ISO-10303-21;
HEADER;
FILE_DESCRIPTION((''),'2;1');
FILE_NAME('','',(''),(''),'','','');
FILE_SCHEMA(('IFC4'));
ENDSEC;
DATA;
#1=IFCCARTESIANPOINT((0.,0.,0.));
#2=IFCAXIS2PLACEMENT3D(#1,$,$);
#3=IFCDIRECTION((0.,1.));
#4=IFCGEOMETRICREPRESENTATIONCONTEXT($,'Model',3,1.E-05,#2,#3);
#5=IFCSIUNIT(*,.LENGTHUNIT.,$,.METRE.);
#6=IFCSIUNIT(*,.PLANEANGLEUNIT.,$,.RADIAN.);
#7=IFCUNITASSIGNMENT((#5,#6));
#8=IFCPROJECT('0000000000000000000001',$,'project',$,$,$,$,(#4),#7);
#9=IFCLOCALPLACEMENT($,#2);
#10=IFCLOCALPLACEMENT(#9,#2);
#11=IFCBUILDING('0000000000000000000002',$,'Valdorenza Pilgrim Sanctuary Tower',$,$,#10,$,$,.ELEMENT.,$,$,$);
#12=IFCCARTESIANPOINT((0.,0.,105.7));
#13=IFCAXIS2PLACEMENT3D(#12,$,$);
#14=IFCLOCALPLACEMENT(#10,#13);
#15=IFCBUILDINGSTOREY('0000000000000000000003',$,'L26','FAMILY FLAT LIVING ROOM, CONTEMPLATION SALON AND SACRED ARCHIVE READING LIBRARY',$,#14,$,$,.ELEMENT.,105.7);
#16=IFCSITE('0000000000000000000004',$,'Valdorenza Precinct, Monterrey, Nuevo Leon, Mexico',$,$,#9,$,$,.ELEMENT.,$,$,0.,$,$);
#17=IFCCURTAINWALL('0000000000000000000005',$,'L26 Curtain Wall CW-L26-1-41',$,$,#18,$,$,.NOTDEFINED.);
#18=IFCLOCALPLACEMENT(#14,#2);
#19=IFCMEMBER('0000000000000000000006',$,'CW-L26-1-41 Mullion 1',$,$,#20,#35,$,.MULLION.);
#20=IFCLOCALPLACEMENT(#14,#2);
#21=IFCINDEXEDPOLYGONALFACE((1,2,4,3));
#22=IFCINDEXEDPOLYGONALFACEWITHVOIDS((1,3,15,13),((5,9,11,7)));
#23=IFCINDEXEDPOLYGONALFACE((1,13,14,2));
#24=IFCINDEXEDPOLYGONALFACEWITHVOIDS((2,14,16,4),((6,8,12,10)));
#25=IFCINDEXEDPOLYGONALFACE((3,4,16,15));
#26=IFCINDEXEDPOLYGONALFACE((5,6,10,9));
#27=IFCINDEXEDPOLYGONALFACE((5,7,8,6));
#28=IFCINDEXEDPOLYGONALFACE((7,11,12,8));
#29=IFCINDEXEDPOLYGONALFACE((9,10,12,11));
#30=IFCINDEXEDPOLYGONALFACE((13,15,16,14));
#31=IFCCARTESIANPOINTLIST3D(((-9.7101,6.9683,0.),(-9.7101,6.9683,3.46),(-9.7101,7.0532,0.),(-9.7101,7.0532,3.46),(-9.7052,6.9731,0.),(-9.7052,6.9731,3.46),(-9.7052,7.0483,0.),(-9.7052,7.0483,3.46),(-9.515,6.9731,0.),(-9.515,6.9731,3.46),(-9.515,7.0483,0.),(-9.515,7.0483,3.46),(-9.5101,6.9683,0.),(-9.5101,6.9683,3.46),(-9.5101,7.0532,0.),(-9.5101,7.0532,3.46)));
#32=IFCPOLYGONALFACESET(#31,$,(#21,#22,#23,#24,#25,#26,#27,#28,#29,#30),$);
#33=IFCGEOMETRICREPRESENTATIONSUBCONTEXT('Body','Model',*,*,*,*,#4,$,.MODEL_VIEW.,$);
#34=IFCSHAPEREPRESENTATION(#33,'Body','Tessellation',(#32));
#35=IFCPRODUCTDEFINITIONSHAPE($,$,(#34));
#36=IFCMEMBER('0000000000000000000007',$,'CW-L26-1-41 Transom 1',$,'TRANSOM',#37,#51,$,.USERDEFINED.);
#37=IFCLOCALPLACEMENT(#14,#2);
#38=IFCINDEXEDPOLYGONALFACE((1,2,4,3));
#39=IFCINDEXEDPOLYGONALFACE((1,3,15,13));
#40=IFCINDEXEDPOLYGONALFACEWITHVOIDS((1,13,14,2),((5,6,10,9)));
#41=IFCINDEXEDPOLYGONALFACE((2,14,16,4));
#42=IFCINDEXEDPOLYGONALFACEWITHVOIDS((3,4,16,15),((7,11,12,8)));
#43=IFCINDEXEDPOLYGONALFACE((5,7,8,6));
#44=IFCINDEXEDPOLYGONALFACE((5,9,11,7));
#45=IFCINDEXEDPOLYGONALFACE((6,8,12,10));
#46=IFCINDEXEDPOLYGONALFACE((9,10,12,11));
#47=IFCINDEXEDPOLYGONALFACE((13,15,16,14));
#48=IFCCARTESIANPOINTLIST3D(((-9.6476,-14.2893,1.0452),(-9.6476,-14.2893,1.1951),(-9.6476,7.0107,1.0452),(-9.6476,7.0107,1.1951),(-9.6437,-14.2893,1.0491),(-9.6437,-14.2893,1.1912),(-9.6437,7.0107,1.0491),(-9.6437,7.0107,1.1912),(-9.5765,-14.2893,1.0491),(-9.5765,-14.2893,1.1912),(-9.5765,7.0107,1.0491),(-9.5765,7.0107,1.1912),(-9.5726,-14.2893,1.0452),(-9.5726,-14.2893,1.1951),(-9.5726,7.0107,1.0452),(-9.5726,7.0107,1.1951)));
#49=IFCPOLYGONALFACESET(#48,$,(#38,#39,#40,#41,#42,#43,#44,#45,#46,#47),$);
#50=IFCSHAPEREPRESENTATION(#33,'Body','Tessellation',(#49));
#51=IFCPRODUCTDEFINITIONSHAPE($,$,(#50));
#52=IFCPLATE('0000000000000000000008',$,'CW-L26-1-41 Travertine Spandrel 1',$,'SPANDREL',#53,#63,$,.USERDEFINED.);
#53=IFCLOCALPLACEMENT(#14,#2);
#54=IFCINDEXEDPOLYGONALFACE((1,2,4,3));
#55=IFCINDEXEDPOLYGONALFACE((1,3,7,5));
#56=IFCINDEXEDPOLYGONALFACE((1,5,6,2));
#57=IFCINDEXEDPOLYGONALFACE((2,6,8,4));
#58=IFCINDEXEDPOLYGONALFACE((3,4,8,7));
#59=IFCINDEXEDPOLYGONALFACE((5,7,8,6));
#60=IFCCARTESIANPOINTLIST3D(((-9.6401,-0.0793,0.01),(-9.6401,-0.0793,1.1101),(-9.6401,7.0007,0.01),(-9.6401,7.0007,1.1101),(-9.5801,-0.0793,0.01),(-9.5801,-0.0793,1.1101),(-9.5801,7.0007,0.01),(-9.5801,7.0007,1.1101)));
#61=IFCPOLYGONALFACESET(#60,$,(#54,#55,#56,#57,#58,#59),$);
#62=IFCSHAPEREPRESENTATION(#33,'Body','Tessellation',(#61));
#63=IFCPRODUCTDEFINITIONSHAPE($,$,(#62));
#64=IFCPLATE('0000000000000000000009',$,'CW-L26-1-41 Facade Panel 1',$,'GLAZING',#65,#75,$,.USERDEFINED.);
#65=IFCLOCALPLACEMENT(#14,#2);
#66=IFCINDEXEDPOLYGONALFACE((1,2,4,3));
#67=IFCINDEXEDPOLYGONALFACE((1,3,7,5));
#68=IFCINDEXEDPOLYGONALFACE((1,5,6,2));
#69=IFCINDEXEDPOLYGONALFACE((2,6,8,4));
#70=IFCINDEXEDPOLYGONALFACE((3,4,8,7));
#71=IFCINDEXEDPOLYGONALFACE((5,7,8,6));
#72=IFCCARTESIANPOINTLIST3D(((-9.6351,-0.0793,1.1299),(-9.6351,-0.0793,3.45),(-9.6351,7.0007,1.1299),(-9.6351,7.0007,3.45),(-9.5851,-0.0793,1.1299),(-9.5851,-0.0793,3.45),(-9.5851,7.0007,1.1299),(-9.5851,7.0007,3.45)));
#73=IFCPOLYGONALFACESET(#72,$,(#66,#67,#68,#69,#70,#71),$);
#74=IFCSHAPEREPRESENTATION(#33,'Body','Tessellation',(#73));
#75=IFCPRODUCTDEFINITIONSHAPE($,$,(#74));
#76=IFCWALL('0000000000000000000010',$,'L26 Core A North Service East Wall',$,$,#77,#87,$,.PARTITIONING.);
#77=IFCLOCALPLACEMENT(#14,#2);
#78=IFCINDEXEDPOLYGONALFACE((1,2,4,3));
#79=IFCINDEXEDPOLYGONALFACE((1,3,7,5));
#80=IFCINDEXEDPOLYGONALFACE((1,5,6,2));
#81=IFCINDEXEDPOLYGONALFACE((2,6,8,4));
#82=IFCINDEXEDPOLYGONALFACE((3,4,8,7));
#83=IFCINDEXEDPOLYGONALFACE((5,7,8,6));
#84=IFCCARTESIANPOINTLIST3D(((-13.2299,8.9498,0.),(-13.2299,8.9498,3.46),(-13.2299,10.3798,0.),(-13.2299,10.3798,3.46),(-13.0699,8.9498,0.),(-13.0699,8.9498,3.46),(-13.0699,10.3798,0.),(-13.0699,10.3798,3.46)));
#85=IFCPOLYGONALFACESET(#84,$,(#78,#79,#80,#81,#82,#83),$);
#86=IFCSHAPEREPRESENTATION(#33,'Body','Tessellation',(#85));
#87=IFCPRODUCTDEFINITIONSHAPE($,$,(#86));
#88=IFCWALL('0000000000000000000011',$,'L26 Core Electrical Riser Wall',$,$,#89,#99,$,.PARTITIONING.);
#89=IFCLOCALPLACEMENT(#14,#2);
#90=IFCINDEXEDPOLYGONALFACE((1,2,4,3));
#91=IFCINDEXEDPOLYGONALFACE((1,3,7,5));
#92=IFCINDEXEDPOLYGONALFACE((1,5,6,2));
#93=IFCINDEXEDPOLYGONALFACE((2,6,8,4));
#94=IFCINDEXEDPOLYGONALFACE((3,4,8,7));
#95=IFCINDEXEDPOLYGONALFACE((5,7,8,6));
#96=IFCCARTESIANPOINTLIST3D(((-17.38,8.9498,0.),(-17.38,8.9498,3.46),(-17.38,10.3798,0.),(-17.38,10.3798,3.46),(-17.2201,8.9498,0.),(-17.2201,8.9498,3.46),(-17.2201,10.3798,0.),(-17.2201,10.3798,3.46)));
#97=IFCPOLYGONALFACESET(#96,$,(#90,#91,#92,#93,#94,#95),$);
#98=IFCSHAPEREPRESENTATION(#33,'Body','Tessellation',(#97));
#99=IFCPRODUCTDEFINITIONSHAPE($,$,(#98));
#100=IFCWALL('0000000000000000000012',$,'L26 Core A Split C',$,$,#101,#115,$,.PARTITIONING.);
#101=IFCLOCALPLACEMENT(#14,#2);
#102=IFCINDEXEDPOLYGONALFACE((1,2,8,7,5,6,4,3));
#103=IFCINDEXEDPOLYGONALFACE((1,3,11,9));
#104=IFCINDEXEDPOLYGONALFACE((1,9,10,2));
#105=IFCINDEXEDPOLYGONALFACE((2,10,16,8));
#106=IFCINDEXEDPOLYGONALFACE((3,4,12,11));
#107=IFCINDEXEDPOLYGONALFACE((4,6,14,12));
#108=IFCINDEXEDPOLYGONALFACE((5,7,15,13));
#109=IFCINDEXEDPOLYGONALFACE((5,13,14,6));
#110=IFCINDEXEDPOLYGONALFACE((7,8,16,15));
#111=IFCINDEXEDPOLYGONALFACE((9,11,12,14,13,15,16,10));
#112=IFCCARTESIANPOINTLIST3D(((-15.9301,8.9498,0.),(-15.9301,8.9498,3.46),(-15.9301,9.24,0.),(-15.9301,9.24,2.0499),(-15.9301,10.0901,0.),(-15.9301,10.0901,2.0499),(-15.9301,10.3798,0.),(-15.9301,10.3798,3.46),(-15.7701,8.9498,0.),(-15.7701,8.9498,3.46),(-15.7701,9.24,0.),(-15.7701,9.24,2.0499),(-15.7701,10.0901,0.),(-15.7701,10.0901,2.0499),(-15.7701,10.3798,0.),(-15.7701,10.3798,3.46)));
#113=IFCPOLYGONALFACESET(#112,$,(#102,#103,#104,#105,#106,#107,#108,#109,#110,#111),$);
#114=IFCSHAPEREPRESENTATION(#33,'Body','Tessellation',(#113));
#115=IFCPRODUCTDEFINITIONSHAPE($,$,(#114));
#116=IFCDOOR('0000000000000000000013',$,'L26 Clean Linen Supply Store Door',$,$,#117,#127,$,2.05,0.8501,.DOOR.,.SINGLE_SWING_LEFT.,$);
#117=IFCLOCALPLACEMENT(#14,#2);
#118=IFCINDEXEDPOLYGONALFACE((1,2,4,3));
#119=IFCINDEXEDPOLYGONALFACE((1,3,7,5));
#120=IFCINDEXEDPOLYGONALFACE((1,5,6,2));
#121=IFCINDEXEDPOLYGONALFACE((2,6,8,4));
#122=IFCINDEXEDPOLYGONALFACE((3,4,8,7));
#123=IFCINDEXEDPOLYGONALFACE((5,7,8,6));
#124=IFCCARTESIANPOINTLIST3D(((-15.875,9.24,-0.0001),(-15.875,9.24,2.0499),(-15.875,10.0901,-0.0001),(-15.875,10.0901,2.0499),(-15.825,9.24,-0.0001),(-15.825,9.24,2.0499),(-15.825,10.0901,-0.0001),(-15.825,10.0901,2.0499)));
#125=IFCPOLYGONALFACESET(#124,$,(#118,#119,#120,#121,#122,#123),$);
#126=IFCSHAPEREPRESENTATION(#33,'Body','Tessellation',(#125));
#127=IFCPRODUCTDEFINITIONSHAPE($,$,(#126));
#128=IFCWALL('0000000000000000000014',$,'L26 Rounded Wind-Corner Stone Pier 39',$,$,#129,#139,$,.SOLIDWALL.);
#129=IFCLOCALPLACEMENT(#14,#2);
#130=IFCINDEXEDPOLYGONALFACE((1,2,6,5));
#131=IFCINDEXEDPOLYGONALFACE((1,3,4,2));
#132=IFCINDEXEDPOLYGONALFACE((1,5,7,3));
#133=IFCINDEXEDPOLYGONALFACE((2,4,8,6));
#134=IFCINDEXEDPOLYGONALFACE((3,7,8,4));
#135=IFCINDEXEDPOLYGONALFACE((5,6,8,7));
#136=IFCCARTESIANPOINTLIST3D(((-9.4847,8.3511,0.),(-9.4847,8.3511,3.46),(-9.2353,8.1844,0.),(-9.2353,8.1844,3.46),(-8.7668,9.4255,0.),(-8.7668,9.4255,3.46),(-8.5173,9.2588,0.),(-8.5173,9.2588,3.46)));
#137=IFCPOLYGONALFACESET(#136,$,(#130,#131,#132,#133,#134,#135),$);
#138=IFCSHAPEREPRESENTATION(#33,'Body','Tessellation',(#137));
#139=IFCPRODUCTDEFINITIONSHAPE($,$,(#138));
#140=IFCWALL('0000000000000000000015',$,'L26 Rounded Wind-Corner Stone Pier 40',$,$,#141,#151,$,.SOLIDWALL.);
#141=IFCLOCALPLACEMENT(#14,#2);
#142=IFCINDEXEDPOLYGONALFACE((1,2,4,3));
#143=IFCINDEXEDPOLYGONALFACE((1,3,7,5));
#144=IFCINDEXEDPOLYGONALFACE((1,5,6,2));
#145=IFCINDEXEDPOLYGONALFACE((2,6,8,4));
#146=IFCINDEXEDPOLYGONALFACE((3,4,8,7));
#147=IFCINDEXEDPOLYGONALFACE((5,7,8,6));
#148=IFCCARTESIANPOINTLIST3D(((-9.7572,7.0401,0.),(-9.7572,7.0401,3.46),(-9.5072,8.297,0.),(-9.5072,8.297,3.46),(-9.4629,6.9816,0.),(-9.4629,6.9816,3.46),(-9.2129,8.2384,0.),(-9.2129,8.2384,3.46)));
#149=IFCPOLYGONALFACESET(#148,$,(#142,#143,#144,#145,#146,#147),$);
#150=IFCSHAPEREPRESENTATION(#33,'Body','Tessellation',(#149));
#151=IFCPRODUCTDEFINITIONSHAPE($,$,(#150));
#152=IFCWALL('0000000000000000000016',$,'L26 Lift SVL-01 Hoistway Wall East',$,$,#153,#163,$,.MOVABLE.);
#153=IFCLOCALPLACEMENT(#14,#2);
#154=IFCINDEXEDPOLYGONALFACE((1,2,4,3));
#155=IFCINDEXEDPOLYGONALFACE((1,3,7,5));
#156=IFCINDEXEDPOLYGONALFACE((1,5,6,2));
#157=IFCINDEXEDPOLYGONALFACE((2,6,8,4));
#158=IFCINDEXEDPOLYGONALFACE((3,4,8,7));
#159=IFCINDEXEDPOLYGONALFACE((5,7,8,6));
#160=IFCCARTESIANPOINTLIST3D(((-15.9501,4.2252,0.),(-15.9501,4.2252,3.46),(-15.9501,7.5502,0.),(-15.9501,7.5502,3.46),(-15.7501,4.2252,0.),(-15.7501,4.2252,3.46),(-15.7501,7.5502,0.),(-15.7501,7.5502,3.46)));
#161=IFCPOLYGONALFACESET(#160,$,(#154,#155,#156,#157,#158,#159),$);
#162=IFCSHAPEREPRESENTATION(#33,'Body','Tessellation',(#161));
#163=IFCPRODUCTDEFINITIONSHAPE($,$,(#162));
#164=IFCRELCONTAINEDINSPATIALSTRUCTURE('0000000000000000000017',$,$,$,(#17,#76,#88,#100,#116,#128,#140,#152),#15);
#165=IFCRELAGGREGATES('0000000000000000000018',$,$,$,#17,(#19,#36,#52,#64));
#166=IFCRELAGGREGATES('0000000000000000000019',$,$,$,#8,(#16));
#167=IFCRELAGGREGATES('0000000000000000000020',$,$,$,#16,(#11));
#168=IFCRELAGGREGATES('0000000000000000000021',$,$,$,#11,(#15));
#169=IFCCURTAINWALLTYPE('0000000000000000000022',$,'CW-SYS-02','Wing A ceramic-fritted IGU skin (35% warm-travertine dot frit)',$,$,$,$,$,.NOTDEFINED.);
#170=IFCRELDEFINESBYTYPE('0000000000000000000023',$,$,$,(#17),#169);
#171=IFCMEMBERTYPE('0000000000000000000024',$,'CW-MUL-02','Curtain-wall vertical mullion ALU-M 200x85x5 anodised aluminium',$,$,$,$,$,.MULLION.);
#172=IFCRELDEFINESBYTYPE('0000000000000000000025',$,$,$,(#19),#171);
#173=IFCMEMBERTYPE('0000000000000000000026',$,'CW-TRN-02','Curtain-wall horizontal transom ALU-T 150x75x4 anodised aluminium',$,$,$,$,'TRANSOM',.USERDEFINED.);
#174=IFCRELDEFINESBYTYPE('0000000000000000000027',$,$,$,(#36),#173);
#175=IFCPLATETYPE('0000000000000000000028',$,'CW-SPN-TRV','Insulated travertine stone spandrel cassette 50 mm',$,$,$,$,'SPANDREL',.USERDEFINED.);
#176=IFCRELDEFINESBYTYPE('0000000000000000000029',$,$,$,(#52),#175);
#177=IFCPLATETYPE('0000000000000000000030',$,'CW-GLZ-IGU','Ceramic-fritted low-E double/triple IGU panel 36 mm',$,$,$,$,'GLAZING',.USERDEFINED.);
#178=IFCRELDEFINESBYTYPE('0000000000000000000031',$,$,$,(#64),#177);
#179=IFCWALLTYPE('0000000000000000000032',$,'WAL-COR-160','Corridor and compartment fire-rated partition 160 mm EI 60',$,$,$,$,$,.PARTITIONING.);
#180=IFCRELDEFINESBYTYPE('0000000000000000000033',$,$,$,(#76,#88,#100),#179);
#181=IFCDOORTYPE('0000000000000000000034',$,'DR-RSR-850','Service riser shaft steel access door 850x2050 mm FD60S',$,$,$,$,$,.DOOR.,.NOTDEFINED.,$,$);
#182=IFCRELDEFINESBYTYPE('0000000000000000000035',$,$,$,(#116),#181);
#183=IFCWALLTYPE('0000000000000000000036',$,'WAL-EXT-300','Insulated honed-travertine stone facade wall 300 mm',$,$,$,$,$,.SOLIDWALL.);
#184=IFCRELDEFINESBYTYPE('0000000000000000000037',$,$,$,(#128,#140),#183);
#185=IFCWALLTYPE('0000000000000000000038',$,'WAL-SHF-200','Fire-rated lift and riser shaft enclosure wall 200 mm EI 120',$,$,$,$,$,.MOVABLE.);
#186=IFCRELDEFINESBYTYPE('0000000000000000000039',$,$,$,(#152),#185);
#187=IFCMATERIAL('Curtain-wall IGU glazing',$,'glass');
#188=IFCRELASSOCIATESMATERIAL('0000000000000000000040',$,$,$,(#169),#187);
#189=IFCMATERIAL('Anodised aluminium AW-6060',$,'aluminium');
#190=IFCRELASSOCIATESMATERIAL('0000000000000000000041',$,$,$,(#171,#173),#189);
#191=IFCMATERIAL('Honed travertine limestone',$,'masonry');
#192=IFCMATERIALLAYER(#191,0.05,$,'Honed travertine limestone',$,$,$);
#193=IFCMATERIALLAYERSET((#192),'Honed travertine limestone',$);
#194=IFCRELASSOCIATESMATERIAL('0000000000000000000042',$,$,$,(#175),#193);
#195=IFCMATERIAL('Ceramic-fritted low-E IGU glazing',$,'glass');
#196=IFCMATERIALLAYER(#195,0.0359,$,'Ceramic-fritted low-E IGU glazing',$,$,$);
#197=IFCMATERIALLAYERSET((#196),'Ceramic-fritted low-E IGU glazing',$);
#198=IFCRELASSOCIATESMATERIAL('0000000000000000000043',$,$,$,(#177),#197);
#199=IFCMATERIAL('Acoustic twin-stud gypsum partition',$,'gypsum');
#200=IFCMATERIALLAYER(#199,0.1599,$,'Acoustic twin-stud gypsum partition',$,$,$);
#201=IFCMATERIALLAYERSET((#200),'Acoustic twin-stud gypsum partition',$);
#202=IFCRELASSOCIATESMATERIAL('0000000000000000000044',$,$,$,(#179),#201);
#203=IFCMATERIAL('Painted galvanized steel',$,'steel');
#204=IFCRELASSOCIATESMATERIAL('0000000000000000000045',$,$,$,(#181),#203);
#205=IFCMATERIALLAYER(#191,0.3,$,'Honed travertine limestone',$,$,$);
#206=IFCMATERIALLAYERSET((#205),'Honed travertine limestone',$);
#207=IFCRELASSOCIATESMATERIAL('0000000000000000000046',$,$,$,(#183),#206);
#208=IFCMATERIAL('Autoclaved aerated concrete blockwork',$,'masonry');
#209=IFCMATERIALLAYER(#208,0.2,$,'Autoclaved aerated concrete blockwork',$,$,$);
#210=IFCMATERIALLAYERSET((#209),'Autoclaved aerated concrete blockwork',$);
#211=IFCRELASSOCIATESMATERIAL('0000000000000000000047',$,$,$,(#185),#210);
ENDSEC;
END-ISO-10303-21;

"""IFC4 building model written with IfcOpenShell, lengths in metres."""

from ifc_helpers import new_model, si_unit, direction, frame, frame_2d, origin, origin_2d, place, context, subcontext, project, spatial, rectangle, hollow_rectangle, extrude, source, transform, mapped, material, layer, layer_set, material_profile, profile_set, type_object, element, fill, aggregate, save


model = new_model("IFC4")

# Units and contexts
model_context = context("Model", 3, precision=1e-05, world=origin(), true_north=direction((0.0, 1.0)))
body_context = subcontext(model_context, "Body", "Model", "MODEL_VIEW")
ifc_project = project(units=[si_unit("LENGTHUNIT", "METRE"), si_unit("PLANEANGLEUNIT", "RADIAN")], contexts=[model_context])

# Site, building, storey
site_placement = place(None, origin())
site = spatial("IfcSite", under=ifc_project, at=site_placement, Name="Valdorenza Precinct, Monterrey, Nuevo Leon, Mexico", CompositionType="ELEMENT", RefElevation=0.0)
building_placement = place(site_placement, origin())
building = spatial("IfcBuilding", under=site, at=building_placement, Name="Valdorenza Pilgrim Sanctuary Tower", CompositionType="ELEMENT")
storey_placement = place(building_placement, frame((0.0, 0.0, 105.7)))
storey = spatial("IfcBuildingStorey", under=building, at=storey_placement, Name="L26", Description="FAMILY FLAT LIVING ROOM, CONTEMPLATION SALON AND SACRED ARCHIVE READING LIBRARY", CompositionType="ELEMENT", Elevation=105.7)

# Curtain wall, members, plates
ifc_material_1 = material(Name="Curtain-wall IGU glazing", Category="glass")
curtain_wall_type = type_object("IfcCurtainWallType", Name="CW-SYS-02", Description="Wing A ceramic-fritted IGU skin (35% warm-travertine dot frit)", PredefinedType="NOTDEFINED", material=ifc_material_1)
curtain_wall_placement = place(storey_placement, origin())
curtain_wall = element("IfcCurtainWall", 1, at=curtain_wall_placement, inside=storey, type_object=curtain_wall_type, Name="L26 Curtain Wall CW-L26-1-41", PredefinedType="NOTDEFINED")
ifc_material_2 = material(Name="Anodised aluminium AW-6060", Category="aluminium")
ifc_material_profile_1 = material_profile(ifc_material_2, hollow_rectangle(XDim=0.085, YDim=0.2, WallThickness=0.0049, at=origin_2d()), Name="ALU-M 200x85x5")
ifc_profile_set_1 = profile_set([ifc_material_profile_1], Name="Anodised aluminium AW-6060")
member_type_1 = type_object("IfcMemberType", Name="CW-MUL-02", Description="Curtain-wall vertical mullion ALU-M 200x85x5 anodised aluminium", PredefinedType="MULLION", material=ifc_profile_set_1)
shared_shape_1 = source(origin(), body_context, "Body", "SweptSolid", [
    extrude(hollow_rectangle(XDim=0.085, YDim=0.2, WallThickness=0.0049, at=origin_2d()), origin(), (0.0, 0.0, 1.0), 3.46),
])
member_1_placement = place(storey_placement, frame((-9.6101, 7.0107, 0.0), z_axis=(0.0, 0.0, 1.0), x_axis=(0.0, -1.0, 0.0)))
member_1 = element("IfcMember", 2, at=member_1_placement, type_object=member_type_1, Name="CW-L26-1-41 Mullion 1", PredefinedType="MULLION", context=body_context, shape_type="MappedRepresentation", body=[
    mapped(shared_shape_1, transform((0.0, 0.0, 0.0), x_axis=(1.0, 0.0, 0.0), y_axis=(0.0, 1.0, 0.0), z_axis=(0.0, 0.0, 1.0), scale=1.0)),
])
ifc_material_profile_2 = material_profile(ifc_material_2, hollow_rectangle(XDim=0.075, YDim=0.1499, WallThickness=0.0039, at=origin_2d()), Name="ALU-T 150x75x4")
ifc_profile_set_2 = profile_set([ifc_material_profile_2], Name="Anodised aluminium AW-6060")
member_type_2 = type_object("IfcMemberType", Name="CW-TRN-02", Description="Curtain-wall horizontal transom ALU-T 150x75x4 anodised aluminium", ElementType="TRANSOM", PredefinedType="USERDEFINED", material=ifc_profile_set_2)
shared_shape_2 = source(origin(), body_context, "Body", "SweptSolid", [
    extrude(hollow_rectangle(XDim=0.075, YDim=0.1499, WallThickness=0.0039, at=origin_2d()), origin(), (0.0, 0.0, 1.0), 21.3),
])
member_2_placement = place(storey_placement, frame((-9.6101, 7.0107, 1.1201), z_axis=(0.0, -1.0, 0.0), x_axis=(1.0, 0.0, 0.0)))
member_2 = element("IfcMember", 3, at=member_2_placement, type_object=member_type_2, Name="CW-L26-1-41 Transom 1", ObjectType="TRANSOM", PredefinedType="USERDEFINED", context=body_context, shape_type="MappedRepresentation", body=[
    mapped(shared_shape_2, transform((0.0, 0.0, 0.0), x_axis=(1.0, 0.0, 0.0), y_axis=(0.0, 1.0, 0.0), z_axis=(0.0, 0.0, 1.0), scale=1.0)),
])
ifc_material_3 = material(Name="Honed travertine limestone", Category="masonry")
ifc_layer_1 = layer(ifc_material_3, 0.05, Name="Honed travertine limestone")
ifc_layer_set_1 = layer_set([ifc_layer_1], Name="Honed travertine limestone")
plate_type_1 = type_object("IfcPlateType", Name="CW-SPN-TRV", Description="Insulated travertine stone spandrel cassette 50 mm", ElementType="SPANDREL", PredefinedType="USERDEFINED", material=ifc_layer_set_1)
shared_shape_3 = source(origin(), body_context, "Body", "SweptSolid", [
    extrude(rectangle(XDim=7.0801, YDim=0.0601, at=origin_2d()), origin(), (0.0, 0.0, 1.0), 1.1001),
])
plate_1_placement = place(storey_placement, frame((-9.6101, 3.4607, 0.01), z_axis=(0.0, 0.0, 1.0), x_axis=(0.0, -1.0, 0.0)))
plate_1 = element("IfcPlate", 4, at=plate_1_placement, type_object=plate_type_1, Name="CW-L26-1-41 Travertine Spandrel 1", ObjectType="SPANDREL", PredefinedType="USERDEFINED", context=body_context, shape_type="MappedRepresentation", body=[
    mapped(shared_shape_3, transform((0.0, 0.0, 0.0), x_axis=(1.0, 0.0, 0.0), y_axis=(0.0, 1.0, 0.0), z_axis=(0.0, 0.0, 1.0), scale=1.0)),
])
ifc_material_4 = material(Name="Ceramic-fritted low-E IGU glazing", Category="glass")
ifc_layer_2 = layer(ifc_material_4, 0.0359, Name="Ceramic-fritted low-E IGU glazing")
ifc_layer_set_2 = layer_set([ifc_layer_2], Name="Ceramic-fritted low-E IGU glazing")
plate_type_2 = type_object("IfcPlateType", Name="CW-GLZ-IGU", Description="Ceramic-fritted low-E double/triple IGU panel 36 mm", ElementType="GLAZING", PredefinedType="USERDEFINED", material=ifc_layer_set_2)
shared_shape_4 = source(origin(), body_context, "Body", "SweptSolid", [
    extrude(rectangle(XDim=7.0801, YDim=0.05, at=origin_2d()), origin(), (0.0, 0.0, 1.0), 2.3201),
])
plate_2_placement = place(storey_placement, frame((-9.6101, 3.4607, 1.1299), z_axis=(0.0, 0.0, 1.0), x_axis=(0.0, -1.0, 0.0)))
plate_2 = element("IfcPlate", 5, at=plate_2_placement, type_object=plate_type_2, Name="CW-L26-1-41 Facade Panel 1", ObjectType="GLAZING", PredefinedType="USERDEFINED", context=body_context, shape_type="MappedRepresentation", body=[
    mapped(shared_shape_4, transform((0.0, 0.0, 0.0), x_axis=(1.0, 0.0, 0.0), y_axis=(0.0, 1.0, 0.0), z_axis=(0.0, 0.0, 1.0), scale=1.0)),
])
aggregate(curtain_wall, [member_1, member_2, plate_1, plate_2])

# Walls
ifc_material_5 = material(Name="Acoustic twin-stud gypsum partition", Category="gypsum")
ifc_layer_3 = layer(ifc_material_5, 0.1599, Name="Acoustic twin-stud gypsum partition")
ifc_layer_set_3 = layer_set([ifc_layer_3], Name="Acoustic twin-stud gypsum partition")
wall_type_1 = type_object("IfcWallType", Name="WAL-COR-160", Description="Corridor and compartment fire-rated partition 160 mm EI 60", PredefinedType="PARTITIONING", material=ifc_layer_set_3)
for number, where, z_axis, x_axis, name in (
    (6, (-13.1499, 8.95, 0.0), (0.0, 0.0, 1.0), (0.0, 1.0, 0.0), "L26 Core A North Service East Wall"),
    (7, (-17.3, 8.95, 0.0), (0.0, 0.0, 1.0), (0.0, 1.0, 0.0), "L26 Core Electrical Riser Wall"),
):
    element("IfcWall", number, at=place(storey_placement, frame(where, z_axis=z_axis, x_axis=x_axis)), inside=storey, type_object=wall_type_1, Name=name, PredefinedType="PARTITIONING", context=body_context, shape_type="SweptSolid", body=[
        extrude(rectangle(XDim=1.4299, YDim=0.1599, at=frame_2d((0.7148, 0.0))), origin(), (0.0, 0.0, 1.0), 3.46),
    ])

# Wall, opening, door
wall_1_placement = place(storey_placement, frame((-15.8501, 8.95, 0.0), z_axis=(0.0, 0.0, 1.0), x_axis=(0.0, 1.0, 0.0)))
wall_1 = element("IfcWall", 8, at=wall_1_placement, inside=storey, type_object=wall_type_1, Name="L26 Core A Split C", PredefinedType="PARTITIONING", context=body_context, shape_type="SweptSolid", body=[
    extrude(rectangle(XDim=1.4299, YDim=0.1599, at=frame_2d((0.7148, 0.0))), origin(), (0.0, 0.0, 1.0), 3.46),
])
opening_placement = place(wall_1_placement, frame((0.29, 0.0, 0.0)))
opening = element("IfcOpeningElement", 9, at=opening_placement, cuts=wall_1, PredefinedType="OPENING", context=body_context, shape_type="SweptSolid", body=[
    extrude(rectangle(XDim=0.8501, YDim=2.05, at=frame_2d((0.425, 1.0249))), frame((0.0, 0.0947, 0.0), z_axis=(0.0, -1.0, 0.0), x_axis=(1.0, 0.0, 0.0)), (0.0, 0.0, 1.0), 0.1897),
])
ifc_material_6 = material(Name="Painted galvanized steel", Category="steel")
door_type = type_object("IfcDoorType", Name="DR-RSR-850", Description="Service riser shaft steel access door 850x2050 mm FD60S", OperationType="NOTDEFINED", PredefinedType="DOOR", material=ifc_material_6)
door_placement = place(opening_placement, origin())
door = element("IfcDoor", 10, at=door_placement, inside=storey, type_object=door_type, Name="L26 Clean Linen Supply Store Door", OperationType="SINGLE_SWING_LEFT", OverallHeight=2.05, OverallWidth=0.8501, PredefinedType="DOOR", context=body_context, shape_type="SweptSolid", body=[
    extrude(rectangle(XDim=0.8501, YDim=2.05, at=frame_2d((0.425, 1.0249))), frame((0.0, 0.0249, 0.0), z_axis=(0.0, -1.0, 0.0), x_axis=(1.0, 0.0, 0.0)), (0.0, 0.0, 1.0), 0.05),
])
fill(opening, door)

# Walls
ifc_layer_4 = layer(ifc_material_3, 0.3, Name="Honed travertine limestone")
ifc_layer_set_4 = layer_set([ifc_layer_4], Name="Honed travertine limestone")
wall_type_2 = type_object("IfcWallType", Name="WAL-EXT-300", Description="Insulated honed-travertine stone facade wall 300 mm", PredefinedType="SOLIDWALL", material=ifc_layer_set_4)
wall_2_placement = place(storey_placement, frame((-8.6421, 9.342, 0.0), z_axis=(0.0, 0.0, 1.0), x_axis=(-0.555615, -0.831439, 0.0)))
element("IfcWall", 11, at=wall_2_placement, inside=storey, type_object=wall_type_2, Name="L26 Rounded Wind-Corner Stone Pier 39", PredefinedType="SOLIDWALL", context=body_context, shape_type="SweptSolid", body=[
    extrude(rectangle(XDim=1.2922, YDim=0.3, at=frame_2d((0.646, 0.0))), origin(), (0.0, 0.0, 1.0), 3.46),
])
wall_3_placement = place(storey_placement, frame((-9.3601, 8.2676, 0.0), z_axis=(0.0, 0.0, 1.0), x_axis=(-0.19509, -0.980785, 0.0)))
element("IfcWall", 12, at=wall_3_placement, inside=storey, type_object=wall_type_2, Name="L26 Rounded Wind-Corner Stone Pier 40", PredefinedType="SOLIDWALL", context=body_context, shape_type="SweptSolid", body=[
    extrude(rectangle(XDim=1.2815, YDim=0.3, at=frame_2d((0.6406, 0.0))), origin(), (0.0, 0.0, 1.0), 3.46),
])
ifc_material_7 = material(Name="Autoclaved aerated concrete blockwork", Category="masonry")
ifc_layer_5 = layer(ifc_material_7, 0.2, Name="Autoclaved aerated concrete blockwork")
ifc_layer_set_5 = layer_set([ifc_layer_5], Name="Autoclaved aerated concrete blockwork")
wall_type_3 = type_object("IfcWallType", Name="WAL-SHF-200", Description="Fire-rated lift and riser shaft enclosure wall 200 mm EI 120", PredefinedType="MOVABLE", material=ifc_layer_set_5)
wall_4_placement = place(storey_placement, frame((-15.8501, 4.2251, 0.0), z_axis=(0.0, 0.0, 1.0), x_axis=(0.0, 1.0, 0.0)))
element("IfcWall", 13, at=wall_4_placement, inside=storey, type_object=wall_type_3, Name="L26 Lift SVL-01 Hoistway Wall East", PredefinedType="MOVABLE", context=body_context, shape_type="SweptSolid", body=[
    extrude(rectangle(XDim=3.325, YDim=0.2, at=frame_2d((1.6626, 0.0))), origin(), (0.0, 0.0, 1.0), 3.46),
])

save(model, "model.ifc")
